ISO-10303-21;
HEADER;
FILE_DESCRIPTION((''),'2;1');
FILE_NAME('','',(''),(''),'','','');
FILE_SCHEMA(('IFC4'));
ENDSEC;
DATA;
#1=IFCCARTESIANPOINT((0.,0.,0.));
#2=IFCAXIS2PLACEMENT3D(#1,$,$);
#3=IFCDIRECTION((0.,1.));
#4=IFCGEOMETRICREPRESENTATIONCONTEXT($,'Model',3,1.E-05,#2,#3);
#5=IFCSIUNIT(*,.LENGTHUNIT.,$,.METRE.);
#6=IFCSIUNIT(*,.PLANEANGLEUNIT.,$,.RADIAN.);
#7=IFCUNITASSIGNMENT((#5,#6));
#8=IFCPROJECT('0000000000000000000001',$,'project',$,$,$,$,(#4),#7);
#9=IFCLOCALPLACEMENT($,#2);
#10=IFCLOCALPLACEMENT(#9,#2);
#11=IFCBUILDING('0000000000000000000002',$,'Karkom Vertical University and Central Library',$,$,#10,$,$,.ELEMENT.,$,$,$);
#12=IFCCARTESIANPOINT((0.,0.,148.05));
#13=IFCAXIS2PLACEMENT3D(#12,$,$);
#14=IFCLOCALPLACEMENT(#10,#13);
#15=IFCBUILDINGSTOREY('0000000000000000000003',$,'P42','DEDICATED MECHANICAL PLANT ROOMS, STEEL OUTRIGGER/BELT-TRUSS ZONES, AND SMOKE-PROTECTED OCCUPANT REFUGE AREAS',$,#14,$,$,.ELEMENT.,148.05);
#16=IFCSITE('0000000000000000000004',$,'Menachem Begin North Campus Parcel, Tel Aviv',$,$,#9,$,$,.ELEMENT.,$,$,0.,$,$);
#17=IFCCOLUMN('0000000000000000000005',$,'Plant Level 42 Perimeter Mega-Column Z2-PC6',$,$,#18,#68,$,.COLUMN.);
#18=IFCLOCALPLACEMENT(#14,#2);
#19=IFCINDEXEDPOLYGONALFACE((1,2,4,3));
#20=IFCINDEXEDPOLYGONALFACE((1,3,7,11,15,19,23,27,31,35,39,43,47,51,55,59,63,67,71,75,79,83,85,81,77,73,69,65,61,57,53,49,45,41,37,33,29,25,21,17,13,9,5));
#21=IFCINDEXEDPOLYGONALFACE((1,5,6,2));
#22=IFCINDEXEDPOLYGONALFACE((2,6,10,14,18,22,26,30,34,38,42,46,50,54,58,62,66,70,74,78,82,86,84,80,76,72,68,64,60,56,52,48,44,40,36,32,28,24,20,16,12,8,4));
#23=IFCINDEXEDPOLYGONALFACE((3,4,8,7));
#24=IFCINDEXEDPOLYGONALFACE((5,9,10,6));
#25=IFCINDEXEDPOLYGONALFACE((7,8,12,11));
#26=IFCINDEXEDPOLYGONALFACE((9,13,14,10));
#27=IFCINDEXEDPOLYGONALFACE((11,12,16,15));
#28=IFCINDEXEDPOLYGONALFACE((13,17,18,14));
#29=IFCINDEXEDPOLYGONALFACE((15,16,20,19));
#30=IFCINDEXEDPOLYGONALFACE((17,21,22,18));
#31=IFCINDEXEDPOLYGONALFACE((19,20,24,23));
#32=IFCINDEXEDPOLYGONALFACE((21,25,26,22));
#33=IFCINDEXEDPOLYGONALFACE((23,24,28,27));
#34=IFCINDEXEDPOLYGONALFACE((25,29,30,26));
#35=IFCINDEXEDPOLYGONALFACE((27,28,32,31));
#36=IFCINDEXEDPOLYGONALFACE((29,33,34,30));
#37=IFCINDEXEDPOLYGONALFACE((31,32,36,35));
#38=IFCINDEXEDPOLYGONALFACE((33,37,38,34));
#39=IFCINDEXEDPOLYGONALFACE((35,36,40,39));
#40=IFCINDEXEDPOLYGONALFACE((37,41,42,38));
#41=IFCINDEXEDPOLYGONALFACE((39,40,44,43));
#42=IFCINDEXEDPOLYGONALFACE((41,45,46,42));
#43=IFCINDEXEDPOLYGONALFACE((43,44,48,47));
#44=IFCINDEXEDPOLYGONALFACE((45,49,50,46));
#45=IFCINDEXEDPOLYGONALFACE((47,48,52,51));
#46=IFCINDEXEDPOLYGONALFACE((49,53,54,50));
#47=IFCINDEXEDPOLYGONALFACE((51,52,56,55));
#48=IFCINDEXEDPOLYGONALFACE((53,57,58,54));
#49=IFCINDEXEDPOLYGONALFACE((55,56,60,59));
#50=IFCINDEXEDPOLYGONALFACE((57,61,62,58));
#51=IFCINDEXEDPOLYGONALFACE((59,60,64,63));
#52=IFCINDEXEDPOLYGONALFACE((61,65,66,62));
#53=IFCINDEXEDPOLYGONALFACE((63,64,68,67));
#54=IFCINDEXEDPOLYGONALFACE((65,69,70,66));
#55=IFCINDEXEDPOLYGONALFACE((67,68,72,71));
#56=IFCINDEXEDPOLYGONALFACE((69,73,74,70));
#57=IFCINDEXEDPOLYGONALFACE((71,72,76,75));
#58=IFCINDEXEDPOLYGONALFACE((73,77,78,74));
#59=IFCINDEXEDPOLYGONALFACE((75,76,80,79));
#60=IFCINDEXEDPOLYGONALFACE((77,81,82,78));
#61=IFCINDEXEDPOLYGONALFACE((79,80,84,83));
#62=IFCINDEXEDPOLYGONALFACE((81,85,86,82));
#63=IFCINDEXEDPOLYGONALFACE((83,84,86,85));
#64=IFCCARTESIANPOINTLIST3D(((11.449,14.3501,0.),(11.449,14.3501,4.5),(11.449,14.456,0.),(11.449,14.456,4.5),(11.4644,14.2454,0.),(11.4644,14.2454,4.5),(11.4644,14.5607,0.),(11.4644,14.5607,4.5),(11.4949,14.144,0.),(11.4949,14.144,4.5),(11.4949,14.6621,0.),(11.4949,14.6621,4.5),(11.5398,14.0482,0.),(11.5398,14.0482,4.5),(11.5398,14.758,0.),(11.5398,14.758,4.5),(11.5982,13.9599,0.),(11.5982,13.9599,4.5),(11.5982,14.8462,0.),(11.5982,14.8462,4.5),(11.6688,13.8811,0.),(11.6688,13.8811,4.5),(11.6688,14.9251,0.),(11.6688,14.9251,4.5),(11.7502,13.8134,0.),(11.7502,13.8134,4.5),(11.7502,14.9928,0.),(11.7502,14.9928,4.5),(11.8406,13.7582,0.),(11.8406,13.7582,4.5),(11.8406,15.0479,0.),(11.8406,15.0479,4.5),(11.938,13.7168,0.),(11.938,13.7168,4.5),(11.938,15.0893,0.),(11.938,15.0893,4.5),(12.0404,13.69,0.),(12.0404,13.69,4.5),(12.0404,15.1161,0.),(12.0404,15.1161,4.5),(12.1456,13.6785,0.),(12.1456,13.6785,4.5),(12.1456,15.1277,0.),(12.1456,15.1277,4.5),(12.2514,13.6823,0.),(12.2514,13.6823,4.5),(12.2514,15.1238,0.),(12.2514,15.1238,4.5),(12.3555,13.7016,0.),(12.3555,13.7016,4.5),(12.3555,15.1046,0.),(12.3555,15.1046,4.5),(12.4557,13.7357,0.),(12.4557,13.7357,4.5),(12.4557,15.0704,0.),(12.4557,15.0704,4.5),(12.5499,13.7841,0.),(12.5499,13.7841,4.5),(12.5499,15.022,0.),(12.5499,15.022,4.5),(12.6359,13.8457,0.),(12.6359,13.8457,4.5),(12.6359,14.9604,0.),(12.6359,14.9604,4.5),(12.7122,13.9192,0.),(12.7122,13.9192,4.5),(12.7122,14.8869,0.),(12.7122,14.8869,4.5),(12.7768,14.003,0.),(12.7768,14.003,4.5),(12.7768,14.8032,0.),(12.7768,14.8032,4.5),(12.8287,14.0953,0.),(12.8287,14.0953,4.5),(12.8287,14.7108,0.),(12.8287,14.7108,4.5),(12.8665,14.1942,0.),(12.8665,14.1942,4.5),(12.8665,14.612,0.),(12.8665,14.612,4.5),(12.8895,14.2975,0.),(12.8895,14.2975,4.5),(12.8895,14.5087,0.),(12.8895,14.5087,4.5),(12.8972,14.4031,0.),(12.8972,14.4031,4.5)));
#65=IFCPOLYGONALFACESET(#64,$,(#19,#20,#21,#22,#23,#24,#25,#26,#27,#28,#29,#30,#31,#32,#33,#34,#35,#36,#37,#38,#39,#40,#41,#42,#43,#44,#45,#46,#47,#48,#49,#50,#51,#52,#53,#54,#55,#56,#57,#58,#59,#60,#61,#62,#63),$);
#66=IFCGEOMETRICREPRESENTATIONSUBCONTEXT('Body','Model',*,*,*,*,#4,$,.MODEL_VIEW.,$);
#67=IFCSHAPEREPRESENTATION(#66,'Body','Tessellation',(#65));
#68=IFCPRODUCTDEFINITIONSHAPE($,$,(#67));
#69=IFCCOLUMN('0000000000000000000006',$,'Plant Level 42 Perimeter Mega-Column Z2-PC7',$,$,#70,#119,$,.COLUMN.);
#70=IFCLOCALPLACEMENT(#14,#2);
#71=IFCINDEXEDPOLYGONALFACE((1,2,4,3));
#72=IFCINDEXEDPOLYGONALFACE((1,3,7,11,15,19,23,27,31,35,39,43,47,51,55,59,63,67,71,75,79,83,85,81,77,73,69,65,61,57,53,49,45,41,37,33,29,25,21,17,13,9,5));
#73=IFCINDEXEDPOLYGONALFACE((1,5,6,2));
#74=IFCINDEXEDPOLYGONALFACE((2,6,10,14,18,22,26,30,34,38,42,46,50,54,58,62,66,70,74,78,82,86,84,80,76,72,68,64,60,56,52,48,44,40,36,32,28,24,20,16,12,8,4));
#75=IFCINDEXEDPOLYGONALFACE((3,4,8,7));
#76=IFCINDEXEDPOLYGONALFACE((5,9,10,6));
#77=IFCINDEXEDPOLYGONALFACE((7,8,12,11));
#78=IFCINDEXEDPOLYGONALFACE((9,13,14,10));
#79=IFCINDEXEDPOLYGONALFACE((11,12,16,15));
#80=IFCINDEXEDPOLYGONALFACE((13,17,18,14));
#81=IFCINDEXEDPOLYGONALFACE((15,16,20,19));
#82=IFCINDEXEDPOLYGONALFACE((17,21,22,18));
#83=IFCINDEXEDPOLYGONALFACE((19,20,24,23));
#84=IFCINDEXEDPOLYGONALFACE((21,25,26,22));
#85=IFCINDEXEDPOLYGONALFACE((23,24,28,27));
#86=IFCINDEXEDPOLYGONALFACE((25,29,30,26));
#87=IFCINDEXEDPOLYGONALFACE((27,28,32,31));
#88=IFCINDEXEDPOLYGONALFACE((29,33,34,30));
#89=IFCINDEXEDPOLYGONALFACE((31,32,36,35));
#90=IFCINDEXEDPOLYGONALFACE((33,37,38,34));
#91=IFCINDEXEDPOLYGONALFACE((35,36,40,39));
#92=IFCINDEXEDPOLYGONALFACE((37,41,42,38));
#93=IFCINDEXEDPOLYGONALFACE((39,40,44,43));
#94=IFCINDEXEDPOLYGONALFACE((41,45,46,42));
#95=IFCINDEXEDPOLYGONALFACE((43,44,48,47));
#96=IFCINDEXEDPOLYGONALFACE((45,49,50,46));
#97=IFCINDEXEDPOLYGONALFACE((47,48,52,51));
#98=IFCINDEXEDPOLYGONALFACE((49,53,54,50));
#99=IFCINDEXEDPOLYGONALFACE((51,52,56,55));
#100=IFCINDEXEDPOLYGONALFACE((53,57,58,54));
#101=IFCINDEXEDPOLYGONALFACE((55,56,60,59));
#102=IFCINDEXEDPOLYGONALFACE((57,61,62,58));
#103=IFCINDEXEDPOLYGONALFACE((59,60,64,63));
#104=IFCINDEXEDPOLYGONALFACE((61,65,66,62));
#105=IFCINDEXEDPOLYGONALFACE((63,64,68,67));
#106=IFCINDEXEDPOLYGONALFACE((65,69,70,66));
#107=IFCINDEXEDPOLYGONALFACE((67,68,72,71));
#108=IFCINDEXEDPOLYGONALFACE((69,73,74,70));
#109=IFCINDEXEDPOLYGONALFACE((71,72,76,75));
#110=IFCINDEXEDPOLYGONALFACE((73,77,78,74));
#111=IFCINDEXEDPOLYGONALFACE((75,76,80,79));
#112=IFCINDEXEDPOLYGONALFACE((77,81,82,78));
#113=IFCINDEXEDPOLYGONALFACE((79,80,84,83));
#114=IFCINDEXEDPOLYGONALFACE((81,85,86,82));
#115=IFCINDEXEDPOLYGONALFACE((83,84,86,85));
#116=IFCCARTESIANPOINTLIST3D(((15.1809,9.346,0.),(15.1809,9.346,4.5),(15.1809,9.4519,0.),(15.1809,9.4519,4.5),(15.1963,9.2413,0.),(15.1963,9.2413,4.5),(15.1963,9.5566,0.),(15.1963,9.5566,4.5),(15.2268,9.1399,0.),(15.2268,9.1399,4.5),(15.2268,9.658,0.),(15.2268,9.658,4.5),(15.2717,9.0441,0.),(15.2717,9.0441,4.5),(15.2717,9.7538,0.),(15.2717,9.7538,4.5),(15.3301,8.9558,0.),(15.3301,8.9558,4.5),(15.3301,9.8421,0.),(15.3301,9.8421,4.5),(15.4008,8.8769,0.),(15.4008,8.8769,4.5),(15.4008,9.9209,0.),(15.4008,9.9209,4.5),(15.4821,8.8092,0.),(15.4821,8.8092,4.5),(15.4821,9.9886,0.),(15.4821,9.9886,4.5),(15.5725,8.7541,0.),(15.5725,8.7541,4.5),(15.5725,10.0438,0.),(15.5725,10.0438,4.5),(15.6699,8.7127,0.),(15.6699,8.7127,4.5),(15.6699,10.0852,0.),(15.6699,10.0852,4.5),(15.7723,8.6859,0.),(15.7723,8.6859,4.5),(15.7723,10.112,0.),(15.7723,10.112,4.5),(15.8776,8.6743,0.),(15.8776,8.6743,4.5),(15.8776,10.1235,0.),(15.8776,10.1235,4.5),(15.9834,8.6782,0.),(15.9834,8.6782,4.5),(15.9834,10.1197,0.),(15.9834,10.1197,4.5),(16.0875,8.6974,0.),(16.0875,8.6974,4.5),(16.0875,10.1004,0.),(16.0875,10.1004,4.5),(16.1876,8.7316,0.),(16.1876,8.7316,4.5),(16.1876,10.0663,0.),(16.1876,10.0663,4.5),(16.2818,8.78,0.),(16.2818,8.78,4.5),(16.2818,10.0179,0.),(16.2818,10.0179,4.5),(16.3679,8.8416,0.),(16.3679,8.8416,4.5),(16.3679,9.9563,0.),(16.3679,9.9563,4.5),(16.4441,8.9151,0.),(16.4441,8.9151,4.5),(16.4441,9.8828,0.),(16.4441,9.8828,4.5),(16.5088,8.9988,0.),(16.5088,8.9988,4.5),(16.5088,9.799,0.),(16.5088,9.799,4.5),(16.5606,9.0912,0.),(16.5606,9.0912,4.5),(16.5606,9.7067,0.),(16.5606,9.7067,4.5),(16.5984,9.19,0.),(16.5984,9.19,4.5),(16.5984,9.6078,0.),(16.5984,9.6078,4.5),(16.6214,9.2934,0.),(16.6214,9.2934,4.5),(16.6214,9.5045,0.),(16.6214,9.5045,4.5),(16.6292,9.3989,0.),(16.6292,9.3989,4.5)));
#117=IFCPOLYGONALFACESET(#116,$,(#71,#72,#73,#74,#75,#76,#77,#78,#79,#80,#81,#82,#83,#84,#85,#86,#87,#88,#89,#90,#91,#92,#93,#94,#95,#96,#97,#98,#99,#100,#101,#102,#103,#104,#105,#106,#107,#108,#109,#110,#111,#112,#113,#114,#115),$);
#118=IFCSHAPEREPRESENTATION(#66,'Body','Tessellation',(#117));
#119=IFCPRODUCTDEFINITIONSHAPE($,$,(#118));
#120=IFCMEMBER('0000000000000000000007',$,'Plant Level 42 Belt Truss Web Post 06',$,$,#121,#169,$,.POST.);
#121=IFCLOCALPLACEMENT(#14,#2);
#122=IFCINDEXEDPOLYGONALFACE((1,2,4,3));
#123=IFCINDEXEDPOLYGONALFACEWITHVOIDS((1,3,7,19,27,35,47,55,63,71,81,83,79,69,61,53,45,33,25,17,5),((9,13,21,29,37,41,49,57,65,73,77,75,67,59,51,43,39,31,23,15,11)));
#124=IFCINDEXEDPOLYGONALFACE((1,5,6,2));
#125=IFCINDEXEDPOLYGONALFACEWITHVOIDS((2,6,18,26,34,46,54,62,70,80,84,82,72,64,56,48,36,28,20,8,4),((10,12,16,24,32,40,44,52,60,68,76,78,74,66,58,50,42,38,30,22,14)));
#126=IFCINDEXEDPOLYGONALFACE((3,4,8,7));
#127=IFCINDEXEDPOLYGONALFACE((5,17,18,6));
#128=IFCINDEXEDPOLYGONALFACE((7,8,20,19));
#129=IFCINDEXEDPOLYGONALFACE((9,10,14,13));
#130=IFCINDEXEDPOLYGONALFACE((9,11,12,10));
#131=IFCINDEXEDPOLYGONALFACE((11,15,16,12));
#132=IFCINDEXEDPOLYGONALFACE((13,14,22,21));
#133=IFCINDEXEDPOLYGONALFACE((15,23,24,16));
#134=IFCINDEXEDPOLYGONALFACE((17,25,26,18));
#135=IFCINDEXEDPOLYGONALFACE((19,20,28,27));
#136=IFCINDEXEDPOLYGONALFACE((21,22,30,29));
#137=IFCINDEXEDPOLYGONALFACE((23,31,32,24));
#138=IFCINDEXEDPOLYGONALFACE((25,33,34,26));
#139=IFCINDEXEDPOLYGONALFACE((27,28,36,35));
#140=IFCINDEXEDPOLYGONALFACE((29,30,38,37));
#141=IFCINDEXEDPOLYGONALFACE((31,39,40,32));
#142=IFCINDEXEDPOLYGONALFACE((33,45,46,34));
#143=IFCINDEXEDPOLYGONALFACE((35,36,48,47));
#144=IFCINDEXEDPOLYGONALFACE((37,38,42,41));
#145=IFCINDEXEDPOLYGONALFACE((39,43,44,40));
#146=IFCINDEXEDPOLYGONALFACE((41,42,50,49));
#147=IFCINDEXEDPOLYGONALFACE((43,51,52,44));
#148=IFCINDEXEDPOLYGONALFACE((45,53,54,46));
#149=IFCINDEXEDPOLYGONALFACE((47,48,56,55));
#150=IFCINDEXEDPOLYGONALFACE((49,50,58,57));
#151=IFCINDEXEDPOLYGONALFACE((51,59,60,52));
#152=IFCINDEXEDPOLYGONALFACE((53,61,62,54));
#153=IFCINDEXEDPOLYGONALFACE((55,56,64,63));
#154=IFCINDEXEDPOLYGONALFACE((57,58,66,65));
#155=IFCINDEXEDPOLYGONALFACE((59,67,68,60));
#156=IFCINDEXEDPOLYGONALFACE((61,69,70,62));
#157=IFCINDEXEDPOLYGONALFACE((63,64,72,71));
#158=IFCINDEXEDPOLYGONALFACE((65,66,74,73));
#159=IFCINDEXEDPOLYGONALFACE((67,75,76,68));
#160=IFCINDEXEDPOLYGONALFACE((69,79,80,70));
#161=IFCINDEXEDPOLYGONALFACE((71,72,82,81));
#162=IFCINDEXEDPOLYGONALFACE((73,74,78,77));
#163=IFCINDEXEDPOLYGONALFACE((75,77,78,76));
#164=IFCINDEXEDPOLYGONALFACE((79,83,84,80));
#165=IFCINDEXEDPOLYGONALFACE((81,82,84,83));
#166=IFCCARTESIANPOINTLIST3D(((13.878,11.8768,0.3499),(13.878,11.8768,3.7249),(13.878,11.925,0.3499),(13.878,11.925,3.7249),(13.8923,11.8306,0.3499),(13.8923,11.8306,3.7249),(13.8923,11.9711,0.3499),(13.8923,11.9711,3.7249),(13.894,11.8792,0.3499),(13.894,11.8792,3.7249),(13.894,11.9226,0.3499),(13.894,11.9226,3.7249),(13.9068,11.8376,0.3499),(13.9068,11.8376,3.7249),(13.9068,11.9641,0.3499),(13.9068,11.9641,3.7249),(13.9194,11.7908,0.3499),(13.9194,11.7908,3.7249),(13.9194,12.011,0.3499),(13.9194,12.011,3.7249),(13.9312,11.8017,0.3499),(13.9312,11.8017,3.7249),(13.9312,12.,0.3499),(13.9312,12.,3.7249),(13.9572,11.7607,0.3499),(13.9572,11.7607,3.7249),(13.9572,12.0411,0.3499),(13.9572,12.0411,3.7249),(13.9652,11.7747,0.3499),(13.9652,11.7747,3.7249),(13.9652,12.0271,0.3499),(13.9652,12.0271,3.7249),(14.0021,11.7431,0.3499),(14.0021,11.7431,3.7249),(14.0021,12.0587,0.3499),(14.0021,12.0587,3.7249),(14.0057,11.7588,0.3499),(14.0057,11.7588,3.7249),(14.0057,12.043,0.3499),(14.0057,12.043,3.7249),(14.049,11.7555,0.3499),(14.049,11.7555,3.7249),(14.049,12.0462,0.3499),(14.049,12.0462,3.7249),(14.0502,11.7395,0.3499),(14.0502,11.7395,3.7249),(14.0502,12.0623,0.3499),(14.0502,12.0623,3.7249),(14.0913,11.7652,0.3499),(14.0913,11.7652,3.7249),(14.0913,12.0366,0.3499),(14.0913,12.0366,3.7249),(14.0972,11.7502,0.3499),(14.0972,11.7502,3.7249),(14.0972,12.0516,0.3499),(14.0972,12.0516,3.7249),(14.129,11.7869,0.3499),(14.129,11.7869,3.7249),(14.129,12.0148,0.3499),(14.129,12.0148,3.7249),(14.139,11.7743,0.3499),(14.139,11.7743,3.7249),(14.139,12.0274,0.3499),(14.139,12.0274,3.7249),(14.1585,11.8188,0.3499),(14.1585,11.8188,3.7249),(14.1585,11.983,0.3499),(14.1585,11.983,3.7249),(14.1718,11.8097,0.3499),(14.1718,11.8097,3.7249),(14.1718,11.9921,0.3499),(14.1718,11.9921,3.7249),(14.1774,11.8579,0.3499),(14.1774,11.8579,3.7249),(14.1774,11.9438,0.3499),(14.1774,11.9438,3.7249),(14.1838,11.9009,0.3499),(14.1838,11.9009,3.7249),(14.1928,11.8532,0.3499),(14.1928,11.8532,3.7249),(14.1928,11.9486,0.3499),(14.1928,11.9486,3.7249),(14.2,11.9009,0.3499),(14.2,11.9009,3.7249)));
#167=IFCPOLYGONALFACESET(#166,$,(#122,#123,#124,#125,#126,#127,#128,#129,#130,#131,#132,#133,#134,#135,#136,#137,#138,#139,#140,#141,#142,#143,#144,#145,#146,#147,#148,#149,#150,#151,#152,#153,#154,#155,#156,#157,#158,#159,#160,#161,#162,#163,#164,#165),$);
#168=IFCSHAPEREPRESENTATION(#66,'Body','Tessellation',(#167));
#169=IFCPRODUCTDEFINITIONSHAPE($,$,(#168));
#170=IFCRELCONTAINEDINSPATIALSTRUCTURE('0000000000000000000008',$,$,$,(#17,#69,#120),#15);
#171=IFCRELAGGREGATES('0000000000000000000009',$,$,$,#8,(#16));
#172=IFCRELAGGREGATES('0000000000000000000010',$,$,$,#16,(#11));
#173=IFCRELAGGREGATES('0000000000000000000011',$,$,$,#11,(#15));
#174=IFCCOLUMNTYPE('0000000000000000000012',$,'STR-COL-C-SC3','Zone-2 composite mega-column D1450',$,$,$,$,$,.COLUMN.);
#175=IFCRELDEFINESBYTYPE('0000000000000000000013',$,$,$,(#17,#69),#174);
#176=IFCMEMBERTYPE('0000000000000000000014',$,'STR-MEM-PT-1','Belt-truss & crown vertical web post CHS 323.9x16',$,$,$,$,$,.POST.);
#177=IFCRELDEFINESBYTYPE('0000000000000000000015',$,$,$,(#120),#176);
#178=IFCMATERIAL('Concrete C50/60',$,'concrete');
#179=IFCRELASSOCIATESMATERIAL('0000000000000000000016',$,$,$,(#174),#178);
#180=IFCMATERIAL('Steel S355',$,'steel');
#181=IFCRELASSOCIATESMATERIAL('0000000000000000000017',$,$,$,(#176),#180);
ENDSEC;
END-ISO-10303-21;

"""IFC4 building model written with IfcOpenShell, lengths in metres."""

from ifc_helpers import new_model, si_unit, direction, frame, origin, origin_with_axes, origin_2d, place, context, subcontext, project, spatial, circle, hollow_circle, extrude, source, transform, mapped, material, material_profile, profile_set, type_object, element, save


model = new_model("IFC4")

# Units and contexts
model_context = context("Model", 3, precision=1e-05, world=origin(), true_north=direction((0.0, 1.0)))
body_context = subcontext(model_context, "Body", "Model", "MODEL_VIEW")
ifc_project = project(units=[si_unit("LENGTHUNIT", "METRE"), si_unit("PLANEANGLEUNIT", "RADIAN")], contexts=[model_context])

# Site, building, storey
site_placement = place(None, origin())
site = spatial("IfcSite", under=ifc_project, at=site_placement, Name="Menachem Begin North Campus Parcel, Tel Aviv", CompositionType="ELEMENT", RefElevation=0.0)
building_placement = place(site_placement, origin())
building = spatial("IfcBuilding", under=site, at=building_placement, Name="Karkom Vertical University and Central Library", CompositionType="ELEMENT")
storey_placement = place(building_placement, frame((0.0, 0.0, 148.05)))
storey = spatial("IfcBuildingStorey", under=building, at=storey_placement, Name="P42", Description="DEDICATED MECHANICAL PLANT ROOMS, STEEL OUTRIGGER/BELT-TRUSS ZONES, AND SMOKE-PROTECTED OCCUPANT REFUGE AREAS", CompositionType="ELEMENT", Elevation=148.05)

# Columns
ifc_material_1 = material(Name="Concrete C50/60", Category="concrete")
ifc_material_profile_1 = material_profile(ifc_material_1, circle(Radius=0.7251, at=origin_2d()), Name="CFT-D1450")
ifc_profile_set_1 = profile_set([ifc_material_profile_1], Name="Concrete C50/60")
column_type = type_object("IfcColumnType", Name="STR-COL-C-SC3", Description="Zone-2 composite mega-column D1450", PredefinedType="COLUMN", material=ifc_profile_set_1)
shared_shape_1 = source(origin_with_axes(), body_context, "Body", "SweptSolid", [
    extrude(circle(Radius=0.7251, at=origin_2d()), origin(), (0.0, 0.0, 1.0), 4.5),
])
for number, where, z_axis, x_axis, name in (
    (1, (12.1721, 14.4031, 0.0), (0.0, 0.0, 1.0), (1.0, 0.0, 0.0), "Plant Level 42 Perimeter Mega-Column Z2-PC6"),
    (2, (15.9041, 9.3989, 0.0), (0.0, 0.0, 1.0), (1.0, 0.0, 0.0), "Plant Level 42 Perimeter Mega-Column Z2-PC7"),
):
    element("IfcColumn", number, at=place(storey_placement, frame(where, z_axis=z_axis, x_axis=x_axis)), inside=storey, type_object=column_type, Name=name, PredefinedType="COLUMN", context=body_context, shape_type="MappedRepresentation", body=[
        mapped(shared_shape_1, transform((0.0, 0.0, 0.0), scale=1.0)),
    ])

# Member
ifc_material_2 = material(Name="Steel S355", Category="steel")
ifc_material_profile_2 = material_profile(ifc_material_2, hollow_circle(Radius=0.1619, WallThickness=0.0161, at=origin_2d()), Name="CHS 323.9x16")
ifc_profile_set_2 = profile_set([ifc_material_profile_2], Name="Steel S355")
member_type_1 = type_object("IfcMemberType", Name="STR-MEM-PT-1", Description="Belt-truss & crown vertical web post CHS 323.9x16", PredefinedType="POST", material=ifc_profile_set_2)
shared_shape_2 = source(origin_with_axes(), body_context, "Body", "SweptSolid", [
    extrude(hollow_circle(Radius=0.1619, WallThickness=0.0161, at=origin_2d()), origin(), (0.0, 0.0, 1.0), 3.375),
])
member_1_placement = place(storey_placement, frame((14.0381, 11.9009, 0.3499), z_axis=(0.0, 0.0, 1.0), x_axis=(1.0, 0.0, 0.0)))
element("IfcMember", 3, at=member_1_placement, inside=storey, type_object=member_type_1, Name="Plant Level 42 Belt Truss Web Post 06", PredefinedType="POST", context=body_context, shape_type="MappedRepresentation", body=[
    mapped(shared_shape_2, transform((0.0, 0.0, 0.0), scale=1.0)),
])

save(model, "model.ifc")
